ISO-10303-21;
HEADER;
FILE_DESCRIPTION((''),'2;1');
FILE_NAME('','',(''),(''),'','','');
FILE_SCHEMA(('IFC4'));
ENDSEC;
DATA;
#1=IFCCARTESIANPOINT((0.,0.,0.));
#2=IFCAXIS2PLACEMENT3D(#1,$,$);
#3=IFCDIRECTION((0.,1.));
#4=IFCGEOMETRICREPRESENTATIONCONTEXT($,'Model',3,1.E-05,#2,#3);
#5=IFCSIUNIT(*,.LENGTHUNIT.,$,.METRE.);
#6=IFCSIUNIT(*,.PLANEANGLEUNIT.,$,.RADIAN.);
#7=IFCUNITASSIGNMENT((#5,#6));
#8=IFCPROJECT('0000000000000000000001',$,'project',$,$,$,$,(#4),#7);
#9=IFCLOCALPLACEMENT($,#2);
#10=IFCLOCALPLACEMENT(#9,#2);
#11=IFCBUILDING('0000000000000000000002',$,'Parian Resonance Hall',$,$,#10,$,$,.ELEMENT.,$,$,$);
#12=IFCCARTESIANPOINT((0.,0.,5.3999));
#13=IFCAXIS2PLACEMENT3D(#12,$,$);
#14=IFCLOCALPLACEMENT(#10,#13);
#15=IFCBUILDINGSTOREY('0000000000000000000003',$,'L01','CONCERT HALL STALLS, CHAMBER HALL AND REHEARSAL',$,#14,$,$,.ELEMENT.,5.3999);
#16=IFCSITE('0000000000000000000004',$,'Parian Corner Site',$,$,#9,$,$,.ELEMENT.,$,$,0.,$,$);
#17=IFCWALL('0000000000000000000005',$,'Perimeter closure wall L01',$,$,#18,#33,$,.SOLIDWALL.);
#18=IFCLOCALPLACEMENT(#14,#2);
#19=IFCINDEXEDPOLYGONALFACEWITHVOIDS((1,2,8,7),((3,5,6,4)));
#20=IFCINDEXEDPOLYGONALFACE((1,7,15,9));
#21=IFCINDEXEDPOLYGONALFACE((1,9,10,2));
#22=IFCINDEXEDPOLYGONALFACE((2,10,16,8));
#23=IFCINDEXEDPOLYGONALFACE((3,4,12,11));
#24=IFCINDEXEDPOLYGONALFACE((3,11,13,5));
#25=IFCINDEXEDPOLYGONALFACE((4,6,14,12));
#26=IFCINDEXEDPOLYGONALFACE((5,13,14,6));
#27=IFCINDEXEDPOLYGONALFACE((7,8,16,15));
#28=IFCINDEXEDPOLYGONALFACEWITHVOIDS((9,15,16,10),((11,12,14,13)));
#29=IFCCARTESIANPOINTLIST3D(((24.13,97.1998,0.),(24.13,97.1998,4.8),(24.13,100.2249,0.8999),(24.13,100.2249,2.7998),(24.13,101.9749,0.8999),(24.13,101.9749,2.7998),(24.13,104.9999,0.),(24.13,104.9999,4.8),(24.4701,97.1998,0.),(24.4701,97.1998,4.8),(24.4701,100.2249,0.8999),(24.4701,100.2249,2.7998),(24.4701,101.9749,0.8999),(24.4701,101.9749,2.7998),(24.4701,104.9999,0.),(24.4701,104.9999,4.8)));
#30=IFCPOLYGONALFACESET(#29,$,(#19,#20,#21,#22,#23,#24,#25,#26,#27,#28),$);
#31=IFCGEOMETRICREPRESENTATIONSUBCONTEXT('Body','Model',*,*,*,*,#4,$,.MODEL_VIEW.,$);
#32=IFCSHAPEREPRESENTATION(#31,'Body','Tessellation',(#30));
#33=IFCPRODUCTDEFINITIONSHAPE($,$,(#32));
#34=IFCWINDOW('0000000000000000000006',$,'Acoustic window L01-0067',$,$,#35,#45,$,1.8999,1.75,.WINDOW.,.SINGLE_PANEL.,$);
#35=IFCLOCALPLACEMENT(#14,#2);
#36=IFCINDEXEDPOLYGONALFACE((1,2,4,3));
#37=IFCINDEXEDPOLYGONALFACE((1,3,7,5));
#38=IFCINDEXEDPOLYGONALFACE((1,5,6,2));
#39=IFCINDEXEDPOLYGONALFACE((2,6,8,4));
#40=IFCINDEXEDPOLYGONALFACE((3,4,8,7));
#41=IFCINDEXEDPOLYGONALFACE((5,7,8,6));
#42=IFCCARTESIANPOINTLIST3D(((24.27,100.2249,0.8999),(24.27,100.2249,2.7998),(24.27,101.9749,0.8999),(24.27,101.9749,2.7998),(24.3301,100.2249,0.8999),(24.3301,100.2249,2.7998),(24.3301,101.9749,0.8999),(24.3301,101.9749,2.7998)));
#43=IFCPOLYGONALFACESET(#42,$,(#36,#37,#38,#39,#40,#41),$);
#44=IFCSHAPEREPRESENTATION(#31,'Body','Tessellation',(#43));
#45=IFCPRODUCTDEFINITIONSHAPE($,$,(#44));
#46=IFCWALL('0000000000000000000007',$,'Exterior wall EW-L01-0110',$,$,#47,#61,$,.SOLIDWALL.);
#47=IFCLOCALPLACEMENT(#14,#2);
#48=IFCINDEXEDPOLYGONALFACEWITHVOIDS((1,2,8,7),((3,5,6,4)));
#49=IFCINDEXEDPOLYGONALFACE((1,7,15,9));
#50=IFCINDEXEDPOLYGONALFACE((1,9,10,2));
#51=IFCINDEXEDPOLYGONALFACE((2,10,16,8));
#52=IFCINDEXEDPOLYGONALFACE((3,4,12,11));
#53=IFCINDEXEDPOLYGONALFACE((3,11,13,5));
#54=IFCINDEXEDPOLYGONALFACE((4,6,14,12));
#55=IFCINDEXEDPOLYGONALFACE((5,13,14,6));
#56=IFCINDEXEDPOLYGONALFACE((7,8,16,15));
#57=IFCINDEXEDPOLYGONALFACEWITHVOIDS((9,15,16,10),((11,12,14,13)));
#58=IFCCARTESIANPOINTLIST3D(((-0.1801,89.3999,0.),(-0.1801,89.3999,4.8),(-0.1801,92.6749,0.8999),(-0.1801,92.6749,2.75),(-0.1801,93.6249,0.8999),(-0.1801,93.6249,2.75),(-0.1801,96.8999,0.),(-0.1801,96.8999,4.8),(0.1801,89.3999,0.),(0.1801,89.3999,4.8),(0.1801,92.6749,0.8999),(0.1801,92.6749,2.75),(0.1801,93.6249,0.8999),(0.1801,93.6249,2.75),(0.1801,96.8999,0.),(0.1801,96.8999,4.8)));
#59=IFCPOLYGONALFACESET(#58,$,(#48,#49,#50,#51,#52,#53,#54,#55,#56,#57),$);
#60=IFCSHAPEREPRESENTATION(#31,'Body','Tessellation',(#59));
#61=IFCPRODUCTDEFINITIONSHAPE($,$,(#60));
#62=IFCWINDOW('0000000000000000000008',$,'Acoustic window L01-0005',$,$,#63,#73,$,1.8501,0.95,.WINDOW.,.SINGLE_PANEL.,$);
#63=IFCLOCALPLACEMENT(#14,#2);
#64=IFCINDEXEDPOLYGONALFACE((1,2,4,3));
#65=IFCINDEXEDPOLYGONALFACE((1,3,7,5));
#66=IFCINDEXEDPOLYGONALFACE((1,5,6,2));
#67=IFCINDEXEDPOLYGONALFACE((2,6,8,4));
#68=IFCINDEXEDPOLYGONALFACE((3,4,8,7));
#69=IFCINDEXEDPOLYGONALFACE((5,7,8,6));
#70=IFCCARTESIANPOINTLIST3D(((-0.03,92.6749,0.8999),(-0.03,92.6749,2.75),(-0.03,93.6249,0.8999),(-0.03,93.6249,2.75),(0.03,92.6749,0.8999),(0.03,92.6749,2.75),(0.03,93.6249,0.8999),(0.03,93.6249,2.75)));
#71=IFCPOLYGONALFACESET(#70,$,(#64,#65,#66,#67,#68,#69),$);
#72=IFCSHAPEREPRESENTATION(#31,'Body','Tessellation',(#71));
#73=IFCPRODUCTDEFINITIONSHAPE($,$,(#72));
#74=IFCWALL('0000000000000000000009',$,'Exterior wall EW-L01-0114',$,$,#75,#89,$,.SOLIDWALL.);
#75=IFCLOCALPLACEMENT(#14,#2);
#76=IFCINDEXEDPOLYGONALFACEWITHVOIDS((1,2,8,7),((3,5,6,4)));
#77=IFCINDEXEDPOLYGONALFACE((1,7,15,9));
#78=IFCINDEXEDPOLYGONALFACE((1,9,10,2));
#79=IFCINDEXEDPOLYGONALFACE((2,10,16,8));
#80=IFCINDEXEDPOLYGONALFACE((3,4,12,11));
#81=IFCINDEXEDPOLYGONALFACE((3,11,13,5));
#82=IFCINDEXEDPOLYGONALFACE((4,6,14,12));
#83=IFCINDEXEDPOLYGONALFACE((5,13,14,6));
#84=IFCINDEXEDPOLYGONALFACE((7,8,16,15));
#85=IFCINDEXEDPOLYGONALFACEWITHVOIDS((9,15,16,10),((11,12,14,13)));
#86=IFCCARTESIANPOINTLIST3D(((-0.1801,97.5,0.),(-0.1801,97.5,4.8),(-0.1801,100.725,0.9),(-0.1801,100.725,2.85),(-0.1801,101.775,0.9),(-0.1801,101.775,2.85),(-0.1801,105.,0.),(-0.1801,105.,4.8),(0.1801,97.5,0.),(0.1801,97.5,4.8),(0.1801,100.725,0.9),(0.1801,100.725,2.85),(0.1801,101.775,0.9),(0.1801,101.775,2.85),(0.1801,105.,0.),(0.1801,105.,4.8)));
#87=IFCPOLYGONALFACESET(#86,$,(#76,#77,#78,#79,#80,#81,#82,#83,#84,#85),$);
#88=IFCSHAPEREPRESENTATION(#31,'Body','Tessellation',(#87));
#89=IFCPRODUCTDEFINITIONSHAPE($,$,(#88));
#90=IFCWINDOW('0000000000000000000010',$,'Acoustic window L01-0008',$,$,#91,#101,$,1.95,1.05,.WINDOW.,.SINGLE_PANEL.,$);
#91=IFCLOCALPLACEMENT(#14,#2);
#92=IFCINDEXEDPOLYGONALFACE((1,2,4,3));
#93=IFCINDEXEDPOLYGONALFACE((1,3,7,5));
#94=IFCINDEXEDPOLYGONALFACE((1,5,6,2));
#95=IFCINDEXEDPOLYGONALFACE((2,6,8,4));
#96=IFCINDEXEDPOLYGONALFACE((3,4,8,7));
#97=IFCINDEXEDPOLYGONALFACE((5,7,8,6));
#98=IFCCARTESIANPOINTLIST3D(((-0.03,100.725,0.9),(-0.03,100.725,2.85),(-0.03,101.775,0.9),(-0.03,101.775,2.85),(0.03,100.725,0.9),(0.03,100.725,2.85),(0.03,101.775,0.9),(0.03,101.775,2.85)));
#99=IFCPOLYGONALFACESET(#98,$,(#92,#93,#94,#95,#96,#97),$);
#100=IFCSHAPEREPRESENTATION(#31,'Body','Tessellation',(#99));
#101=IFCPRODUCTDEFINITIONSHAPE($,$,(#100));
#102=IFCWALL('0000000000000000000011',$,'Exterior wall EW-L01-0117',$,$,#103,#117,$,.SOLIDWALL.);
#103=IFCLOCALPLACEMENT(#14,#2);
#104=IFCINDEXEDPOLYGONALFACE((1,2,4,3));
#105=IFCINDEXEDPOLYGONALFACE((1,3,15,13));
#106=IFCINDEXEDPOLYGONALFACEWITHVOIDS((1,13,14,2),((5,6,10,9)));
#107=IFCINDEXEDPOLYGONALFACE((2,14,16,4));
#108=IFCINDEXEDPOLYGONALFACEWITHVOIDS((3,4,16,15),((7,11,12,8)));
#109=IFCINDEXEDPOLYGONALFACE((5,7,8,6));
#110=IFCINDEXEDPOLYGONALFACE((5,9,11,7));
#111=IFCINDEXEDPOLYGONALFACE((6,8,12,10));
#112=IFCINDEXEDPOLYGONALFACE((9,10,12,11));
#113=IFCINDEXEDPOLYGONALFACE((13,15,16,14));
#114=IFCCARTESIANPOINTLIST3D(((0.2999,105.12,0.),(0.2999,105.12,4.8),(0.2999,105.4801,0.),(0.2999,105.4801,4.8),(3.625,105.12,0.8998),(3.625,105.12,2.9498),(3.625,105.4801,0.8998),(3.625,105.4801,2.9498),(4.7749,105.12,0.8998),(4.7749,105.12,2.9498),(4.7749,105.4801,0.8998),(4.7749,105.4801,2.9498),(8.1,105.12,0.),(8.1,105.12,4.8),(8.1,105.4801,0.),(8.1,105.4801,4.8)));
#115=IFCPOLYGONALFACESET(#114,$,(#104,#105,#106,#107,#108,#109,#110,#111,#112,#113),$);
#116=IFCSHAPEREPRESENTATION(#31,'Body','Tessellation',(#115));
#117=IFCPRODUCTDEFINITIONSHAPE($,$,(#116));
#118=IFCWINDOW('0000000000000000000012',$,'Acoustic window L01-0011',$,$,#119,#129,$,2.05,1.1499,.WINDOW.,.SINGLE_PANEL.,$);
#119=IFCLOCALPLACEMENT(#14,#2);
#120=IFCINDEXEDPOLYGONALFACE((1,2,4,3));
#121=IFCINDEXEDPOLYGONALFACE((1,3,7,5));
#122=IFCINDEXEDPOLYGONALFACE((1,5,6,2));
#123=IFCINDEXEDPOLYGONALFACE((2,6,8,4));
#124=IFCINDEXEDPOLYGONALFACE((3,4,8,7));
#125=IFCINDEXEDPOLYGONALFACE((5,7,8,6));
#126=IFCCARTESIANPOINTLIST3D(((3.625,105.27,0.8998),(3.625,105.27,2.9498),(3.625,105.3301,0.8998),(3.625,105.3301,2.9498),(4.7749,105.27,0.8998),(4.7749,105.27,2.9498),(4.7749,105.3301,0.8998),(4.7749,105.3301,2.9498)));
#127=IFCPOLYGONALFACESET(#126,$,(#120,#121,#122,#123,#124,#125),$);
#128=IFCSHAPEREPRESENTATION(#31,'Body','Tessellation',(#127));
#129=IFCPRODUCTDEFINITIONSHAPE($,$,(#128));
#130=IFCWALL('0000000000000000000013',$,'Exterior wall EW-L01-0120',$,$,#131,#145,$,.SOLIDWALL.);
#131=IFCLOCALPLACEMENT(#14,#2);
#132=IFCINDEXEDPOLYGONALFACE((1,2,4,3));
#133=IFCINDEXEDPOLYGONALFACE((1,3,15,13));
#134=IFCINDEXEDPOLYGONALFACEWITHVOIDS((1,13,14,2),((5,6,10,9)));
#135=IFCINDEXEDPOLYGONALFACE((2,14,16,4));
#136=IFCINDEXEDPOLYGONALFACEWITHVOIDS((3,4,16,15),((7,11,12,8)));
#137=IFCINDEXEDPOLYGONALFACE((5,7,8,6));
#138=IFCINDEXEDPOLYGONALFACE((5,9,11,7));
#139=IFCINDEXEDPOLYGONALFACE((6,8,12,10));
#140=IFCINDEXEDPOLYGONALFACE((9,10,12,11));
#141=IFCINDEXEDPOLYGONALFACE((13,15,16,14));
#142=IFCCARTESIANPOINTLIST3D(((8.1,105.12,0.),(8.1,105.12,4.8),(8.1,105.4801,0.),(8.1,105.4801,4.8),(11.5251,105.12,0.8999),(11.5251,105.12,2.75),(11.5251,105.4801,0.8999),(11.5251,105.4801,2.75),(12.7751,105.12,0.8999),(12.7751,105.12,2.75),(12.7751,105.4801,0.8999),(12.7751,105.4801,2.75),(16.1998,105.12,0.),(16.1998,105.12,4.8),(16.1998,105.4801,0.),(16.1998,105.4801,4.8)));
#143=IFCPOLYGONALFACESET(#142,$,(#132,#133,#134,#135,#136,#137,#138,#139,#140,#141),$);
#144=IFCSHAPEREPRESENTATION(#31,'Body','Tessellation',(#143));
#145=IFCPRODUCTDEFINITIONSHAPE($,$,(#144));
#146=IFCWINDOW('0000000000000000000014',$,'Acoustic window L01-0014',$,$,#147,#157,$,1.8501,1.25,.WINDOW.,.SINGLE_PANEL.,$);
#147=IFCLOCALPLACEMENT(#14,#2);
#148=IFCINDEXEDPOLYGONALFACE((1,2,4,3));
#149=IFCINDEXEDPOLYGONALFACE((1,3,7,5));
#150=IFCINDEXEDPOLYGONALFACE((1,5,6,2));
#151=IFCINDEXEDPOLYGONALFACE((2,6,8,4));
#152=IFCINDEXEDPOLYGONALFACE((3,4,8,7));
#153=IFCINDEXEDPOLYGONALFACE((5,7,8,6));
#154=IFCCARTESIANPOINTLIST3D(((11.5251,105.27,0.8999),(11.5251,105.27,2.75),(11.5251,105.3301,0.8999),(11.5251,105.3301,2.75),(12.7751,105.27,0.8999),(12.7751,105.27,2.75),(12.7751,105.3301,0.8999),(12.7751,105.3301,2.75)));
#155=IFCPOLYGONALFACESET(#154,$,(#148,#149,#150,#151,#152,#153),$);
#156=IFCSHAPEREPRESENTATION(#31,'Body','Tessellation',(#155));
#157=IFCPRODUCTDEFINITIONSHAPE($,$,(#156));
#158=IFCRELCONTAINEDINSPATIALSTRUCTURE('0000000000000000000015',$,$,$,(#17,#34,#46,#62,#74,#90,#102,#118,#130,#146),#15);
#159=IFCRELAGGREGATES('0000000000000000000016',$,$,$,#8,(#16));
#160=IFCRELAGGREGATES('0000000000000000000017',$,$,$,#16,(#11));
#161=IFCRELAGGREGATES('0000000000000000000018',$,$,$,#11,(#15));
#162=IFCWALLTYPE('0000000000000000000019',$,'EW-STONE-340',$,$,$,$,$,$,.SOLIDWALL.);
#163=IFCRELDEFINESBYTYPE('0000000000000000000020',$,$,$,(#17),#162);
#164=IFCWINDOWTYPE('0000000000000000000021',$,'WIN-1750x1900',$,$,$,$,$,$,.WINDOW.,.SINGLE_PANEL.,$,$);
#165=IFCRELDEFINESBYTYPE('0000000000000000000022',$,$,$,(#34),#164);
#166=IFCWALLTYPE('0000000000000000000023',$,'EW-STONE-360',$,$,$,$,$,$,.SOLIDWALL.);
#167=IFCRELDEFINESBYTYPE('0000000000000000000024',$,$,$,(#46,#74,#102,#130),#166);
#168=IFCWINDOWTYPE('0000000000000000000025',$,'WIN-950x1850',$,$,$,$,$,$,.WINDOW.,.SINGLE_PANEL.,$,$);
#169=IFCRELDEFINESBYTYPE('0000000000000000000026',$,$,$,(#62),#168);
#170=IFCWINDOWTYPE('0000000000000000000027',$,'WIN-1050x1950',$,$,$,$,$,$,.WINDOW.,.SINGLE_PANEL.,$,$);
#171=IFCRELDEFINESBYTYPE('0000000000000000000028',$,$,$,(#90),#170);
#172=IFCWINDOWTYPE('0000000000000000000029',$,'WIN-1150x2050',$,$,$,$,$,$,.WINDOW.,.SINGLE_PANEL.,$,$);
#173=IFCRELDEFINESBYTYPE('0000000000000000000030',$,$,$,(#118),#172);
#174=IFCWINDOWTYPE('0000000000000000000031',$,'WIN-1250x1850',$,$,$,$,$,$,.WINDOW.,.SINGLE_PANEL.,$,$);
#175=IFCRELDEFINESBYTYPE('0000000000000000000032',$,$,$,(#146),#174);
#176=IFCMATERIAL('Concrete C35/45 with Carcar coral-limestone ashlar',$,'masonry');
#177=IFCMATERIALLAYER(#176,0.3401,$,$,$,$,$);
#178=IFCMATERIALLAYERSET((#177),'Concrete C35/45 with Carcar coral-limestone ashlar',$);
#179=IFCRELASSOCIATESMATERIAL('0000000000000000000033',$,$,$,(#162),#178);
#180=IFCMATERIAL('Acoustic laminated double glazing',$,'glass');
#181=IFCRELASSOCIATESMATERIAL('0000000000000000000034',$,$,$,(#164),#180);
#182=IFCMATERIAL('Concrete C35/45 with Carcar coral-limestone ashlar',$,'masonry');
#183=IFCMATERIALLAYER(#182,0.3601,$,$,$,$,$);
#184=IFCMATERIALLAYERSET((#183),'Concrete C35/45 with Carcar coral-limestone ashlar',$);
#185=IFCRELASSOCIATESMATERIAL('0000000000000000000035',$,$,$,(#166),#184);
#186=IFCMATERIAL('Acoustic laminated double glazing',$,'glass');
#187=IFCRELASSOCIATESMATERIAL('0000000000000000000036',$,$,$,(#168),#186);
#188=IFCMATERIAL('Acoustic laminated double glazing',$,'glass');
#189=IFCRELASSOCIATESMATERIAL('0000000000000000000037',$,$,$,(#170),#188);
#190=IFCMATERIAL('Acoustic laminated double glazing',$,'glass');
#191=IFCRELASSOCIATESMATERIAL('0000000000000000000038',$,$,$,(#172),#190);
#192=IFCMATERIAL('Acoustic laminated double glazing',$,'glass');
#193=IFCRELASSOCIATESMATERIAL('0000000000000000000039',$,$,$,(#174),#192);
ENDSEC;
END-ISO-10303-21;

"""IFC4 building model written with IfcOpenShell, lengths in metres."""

from ifc_helpers import new_model, si_unit, direction, frame, frame_2d, origin, place, context, subcontext, project, spatial, rectangle, extrude, material, layer, layer_set, type_object, element, fill, save


model = new_model("IFC4")

# Units and contexts
model_context = context("Model", 3, precision=1e-05, world=origin(), true_north=direction((0.0, 1.0)))
body_context = subcontext(model_context, "Body", "Model", "MODEL_VIEW")
ifc_project = project(units=[si_unit("LENGTHUNIT", "METRE"), si_unit("PLANEANGLEUNIT", "RADIAN")], contexts=[model_context])

# Site, building, storey
site_placement = place(None, origin())
site = spatial("IfcSite", under=ifc_project, at=site_placement, Name="Parian Corner Site", CompositionType="ELEMENT", RefElevation=0.0)
building_placement = place(site_placement, origin())
building = spatial("IfcBuilding", under=site, at=building_placement, Name="Parian Resonance Hall", CompositionType="ELEMENT")
storey_placement = place(building_placement, frame((0.0, 0.0, 5.3999)))
storey = spatial("IfcBuildingStorey", under=building, at=storey_placement, Name="L01", Description="CONCERT HALL STALLS, CHAMBER HALL AND REHEARSAL", CompositionType="ELEMENT", Elevation=5.3999)

# Walls, openings, windows
ifc_material_1 = material(Name="Concrete C35/45 with Carcar coral-limestone ashlar", Category="masonry")
ifc_layer_1 = layer(ifc_material_1, 0.3401)
ifc_layer_set_1 = layer_set([ifc_layer_1], Name="Concrete C35/45 with Carcar coral-limestone ashlar")
wall_type_1 = type_object("IfcWallType", Name="EW-STONE-340", PredefinedType="SOLIDWALL", material=ifc_layer_set_1)
wall_1_placement = place(storey_placement, frame((24.3, 97.2, 0.0), z_axis=(0.0, 0.0, 1.0), x_axis=(0.0, 1.0, 0.0)))
wall_1 = element("IfcWall", 1, at=wall_1_placement, inside=storey, type_object=wall_type_1, Name="Perimeter closure wall L01", PredefinedType="SOLIDWALL", context=body_context, shape_type="SweptSolid", body=[
    extrude(rectangle(XDim=7.8, YDim=0.3401, at=frame_2d((3.8999, 0.0))), origin(), (0.0, 0.0, 1.0), 4.8),
])
opening_1_placement = place(wall_1_placement, frame((3.0249, 0.0, 0.8999)))
opening_1 = element("IfcOpeningElement", 2, at=opening_1_placement, cuts=wall_1, PredefinedType="OPENING", context=body_context, shape_type="SweptSolid", body=[
    extrude(rectangle(XDim=1.75, YDim=1.8999, at=frame_2d((0.875, 0.95))), frame((0.0, 0.1799, 0.0), z_axis=(0.0, -1.0, 0.0), x_axis=(1.0, 0.0, 0.0)), (0.0, 0.0, 1.0), 0.3601),
])
ifc_material_2 = material(Name="Acoustic laminated double glazing", Category="glass")
window_type_1 = type_object("IfcWindowType", Name="WIN-1750x1900", PartitioningType="SINGLE_PANEL", PredefinedType="WINDOW", material=ifc_material_2)
window_1_placement = place(opening_1_placement, origin())
window_1 = element("IfcWindow", 3, at=window_1_placement, inside=storey, type_object=window_type_1, Name="Acoustic window L01-0067", OverallHeight=1.8999, OverallWidth=1.75, PartitioningType="SINGLE_PANEL", PredefinedType="WINDOW", context=body_context, shape_type="SweptSolid", body=[
    extrude(rectangle(XDim=1.75, YDim=1.8999, at=frame_2d((0.875, 0.95))), frame((0.0, 0.03, 0.0), z_axis=(0.0, -1.0, 0.0), x_axis=(1.0, 0.0, 0.0)), (0.0, 0.0, 1.0), 0.0601),
])
fill(opening_1, window_1)
ifc_material_3 = material(Name="Concrete C35/45 with Carcar coral-limestone ashlar", Category="masonry")
ifc_layer_2 = layer(ifc_material_3, 0.3601)
ifc_layer_set_2 = layer_set([ifc_layer_2], Name="Concrete C35/45 with Carcar coral-limestone ashlar")
wall_type_2 = type_object("IfcWallType", Name="EW-STONE-360", PredefinedType="SOLIDWALL", material=ifc_layer_set_2)
wall_2_placement = place(storey_placement, frame((0.0, 89.3999, 0.0), z_axis=(0.0, 0.0, 1.0), x_axis=(0.0, 1.0, 0.0)))
wall_2 = element("IfcWall", 4, at=wall_2_placement, inside=storey, type_object=wall_type_2, Name="Exterior wall EW-L01-0110", PredefinedType="SOLIDWALL", context=body_context, shape_type="SweptSolid", body=[
    extrude(rectangle(XDim=7.5, YDim=0.3601, at=frame_2d((3.75, 0.0))), origin(), (0.0, 0.0, 1.0), 4.8),
])
opening_2_placement = place(wall_2_placement, frame((3.2749, 0.0, 0.8999)))
opening_2 = element("IfcOpeningElement", 5, at=opening_2_placement, cuts=wall_2, PredefinedType="OPENING", context=body_context, shape_type="SweptSolid", body=[
    extrude(rectangle(XDim=0.95, YDim=1.8501, at=frame_2d((0.4751, 0.925))), frame((0.0, 0.1899, 0.0), z_axis=(0.0, -1.0, 0.0), x_axis=(1.0, 0.0, 0.0)), (0.0, 0.0, 1.0), 0.3801),
])
ifc_material_4 = material(Name="Acoustic laminated double glazing", Category="glass")
window_type_2 = type_object("IfcWindowType", Name="WIN-950x1850", PartitioningType="SINGLE_PANEL", PredefinedType="WINDOW", material=ifc_material_4)
window_2_placement = place(opening_2_placement, origin())
window_2 = element("IfcWindow", 6, at=window_2_placement, inside=storey, type_object=window_type_2, Name="Acoustic window L01-0005", OverallHeight=1.8501, OverallWidth=0.95, PartitioningType="SINGLE_PANEL", PredefinedType="WINDOW", context=body_context, shape_type="SweptSolid", body=[
    extrude(rectangle(XDim=0.95, YDim=1.8501, at=frame_2d((0.4751, 0.925))), frame((0.0, 0.03, 0.0), z_axis=(0.0, -1.0, 0.0), x_axis=(1.0, 0.0, 0.0)), (0.0, 0.0, 1.0), 0.0601),
])
fill(opening_2, window_2)
wall_3_placement = place(storey_placement, frame((0.0, 97.5, 0.0), z_axis=(0.0, 0.0, 1.0), x_axis=(0.0, 1.0, 0.0)))
wall_3 = element("IfcWall", 7, at=wall_3_placement, inside=storey, type_object=wall_type_2, Name="Exterior wall EW-L01-0114", PredefinedType="SOLIDWALL", context=body_context, shape_type="SweptSolid", body=[
    extrude(rectangle(XDim=7.5, YDim=0.3601, at=frame_2d((3.75, 0.0))), origin(), (0.0, 0.0, 1.0), 4.8),
])
opening_3_placement = place(wall_3_placement, frame((3.2251, 0.0, 0.8999)))
opening_3 = element("IfcOpeningElement", 8, at=opening_3_placement, cuts=wall_3, PredefinedType="OPENING", context=body_context, shape_type="SweptSolid", body=[
    extrude(rectangle(XDim=1.05, YDim=1.95, at=frame_2d((0.5249, 0.9751))), frame((0.0, 0.1899, 0.0), z_axis=(0.0, -1.0, 0.0), x_axis=(1.0, 0.0, 0.0)), (0.0, 0.0, 1.0), 0.3801),
])
ifc_material_5 = material(Name="Acoustic laminated double glazing", Category="glass")
window_type_3 = type_object("IfcWindowType", Name="WIN-1050x1950", PartitioningType="SINGLE_PANEL", PredefinedType="WINDOW", material=ifc_material_5)
window_3_placement = place(opening_3_placement, origin())
window_3 = element("IfcWindow", 9, at=window_3_placement, inside=storey, type_object=window_type_3, Name="Acoustic window L01-0008", OverallHeight=1.95, OverallWidth=1.05, PartitioningType="SINGLE_PANEL", PredefinedType="WINDOW", context=body_context, shape_type="SweptSolid", body=[
    extrude(rectangle(XDim=1.05, YDim=1.95, at=frame_2d((0.5249, 0.9751))), frame((0.0, 0.03, 0.0), z_axis=(0.0, -1.0, 0.0), x_axis=(1.0, 0.0, 0.0)), (0.0, 0.0, 1.0), 0.0601),
])
fill(opening_3, window_3)
wall_4_placement = place(storey_placement, frame((0.3, 105.3, 0.0), z_axis=(0.0, 0.0, 1.0), x_axis=(1.0, 0.0, 0.0)))
wall_4 = element("IfcWall", 10, at=wall_4_placement, inside=storey, type_object=wall_type_2, Name="Exterior wall EW-L01-0117", PredefinedType="SOLIDWALL", context=body_context, shape_type="SweptSolid", body=[
    extrude(rectangle(XDim=7.8, YDim=0.3601, at=frame_2d((3.8999, 0.0))), origin(), (0.0, 0.0, 1.0), 4.8),
])
opening_4_placement = place(wall_4_placement, frame((3.325, 0.0, 0.8999)))
opening_4 = element("IfcOpeningElement", 11, at=opening_4_placement, cuts=wall_4, PredefinedType="OPENING", context=body_context, shape_type="SweptSolid", body=[
    extrude(rectangle(XDim=1.1499, YDim=2.05, at=frame_2d((0.575, 1.0249))), frame((0.0, 0.1899, 0.0), z_axis=(0.0, -1.0, 0.0), x_axis=(1.0, 0.0, 0.0)), (0.0, 0.0, 1.0), 0.3801),
])
ifc_material_6 = material(Name="Acoustic laminated double glazing", Category="glass")
window_type_4 = type_object("IfcWindowType", Name="WIN-1150x2050", PartitioningType="SINGLE_PANEL", PredefinedType="WINDOW", material=ifc_material_6)
window_4_placement = place(opening_4_placement, origin())
window_4 = element("IfcWindow", 12, at=window_4_placement, inside=storey, type_object=window_type_4, Name="Acoustic window L01-0011", OverallHeight=2.05, OverallWidth=1.1499, PartitioningType="SINGLE_PANEL", PredefinedType="WINDOW", context=body_context, shape_type="SweptSolid", body=[
    extrude(rectangle(XDim=1.1499, YDim=2.05, at=frame_2d((0.575, 1.0249))), frame((0.0, 0.03, 0.0), z_axis=(0.0, -1.0, 0.0), x_axis=(1.0, 0.0, 0.0)), (0.0, 0.0, 1.0), 0.0601),
])
fill(opening_4, window_4)
wall_5_placement = place(storey_placement, frame((8.1001, 105.3, 0.0), z_axis=(0.0, 0.0, 1.0), x_axis=(1.0, 0.0, 0.0)))
wall_5 = element("IfcWall", 13, at=wall_5_placement, inside=storey, type_object=wall_type_2, Name="Exterior wall EW-L01-0120", PredefinedType="SOLIDWALL", context=body_context, shape_type="SweptSolid", body=[
    extrude(rectangle(XDim=8.0999, YDim=0.3601, at=frame_2d((4.0498, 0.0))), origin(), (0.0, 0.0, 1.0), 4.8),
])
opening_5_placement = place(wall_5_placement, frame((3.425, 0.0, 0.8999)))
opening_5 = element("IfcOpeningElement", 14, at=opening_5_placement, cuts=wall_5, PredefinedType="OPENING", context=body_context, shape_type="SweptSolid", body=[
    extrude(rectangle(XDim=1.25, YDim=1.8501, at=frame_2d((0.625, 0.925))), frame((0.0, 0.1899, 0.0), z_axis=(0.0, -1.0, 0.0), x_axis=(1.0, 0.0, 0.0)), (0.0, 0.0, 1.0), 0.3801),
])
ifc_material_7 = material(Name="Acoustic laminated double glazing", Category="glass")
window_type_5 = type_object("IfcWindowType", Name="WIN-1250x1850", PartitioningType="SINGLE_PANEL", PredefinedType="WINDOW", material=ifc_material_7)
window_5_placement = place(opening_5_placement, origin())
window_5 = element("IfcWindow", 15, at=window_5_placement, inside=storey, type_object=window_type_5, Name="Acoustic window L01-0014", OverallHeight=1.8501, OverallWidth=1.25, PartitioningType="SINGLE_PANEL", PredefinedType="WINDOW", context=body_context, shape_type="SweptSolid", body=[
    extrude(rectangle(XDim=1.25, YDim=1.8501, at=frame_2d((0.625, 0.925))), frame((0.0, 0.03, 0.0), z_axis=(0.0, -1.0, 0.0), x_axis=(1.0, 0.0, 0.0)), (0.0, 0.0, 1.0), 0.0601),
])
fill(opening_5, window_5)

save(model, "model.ifc")
